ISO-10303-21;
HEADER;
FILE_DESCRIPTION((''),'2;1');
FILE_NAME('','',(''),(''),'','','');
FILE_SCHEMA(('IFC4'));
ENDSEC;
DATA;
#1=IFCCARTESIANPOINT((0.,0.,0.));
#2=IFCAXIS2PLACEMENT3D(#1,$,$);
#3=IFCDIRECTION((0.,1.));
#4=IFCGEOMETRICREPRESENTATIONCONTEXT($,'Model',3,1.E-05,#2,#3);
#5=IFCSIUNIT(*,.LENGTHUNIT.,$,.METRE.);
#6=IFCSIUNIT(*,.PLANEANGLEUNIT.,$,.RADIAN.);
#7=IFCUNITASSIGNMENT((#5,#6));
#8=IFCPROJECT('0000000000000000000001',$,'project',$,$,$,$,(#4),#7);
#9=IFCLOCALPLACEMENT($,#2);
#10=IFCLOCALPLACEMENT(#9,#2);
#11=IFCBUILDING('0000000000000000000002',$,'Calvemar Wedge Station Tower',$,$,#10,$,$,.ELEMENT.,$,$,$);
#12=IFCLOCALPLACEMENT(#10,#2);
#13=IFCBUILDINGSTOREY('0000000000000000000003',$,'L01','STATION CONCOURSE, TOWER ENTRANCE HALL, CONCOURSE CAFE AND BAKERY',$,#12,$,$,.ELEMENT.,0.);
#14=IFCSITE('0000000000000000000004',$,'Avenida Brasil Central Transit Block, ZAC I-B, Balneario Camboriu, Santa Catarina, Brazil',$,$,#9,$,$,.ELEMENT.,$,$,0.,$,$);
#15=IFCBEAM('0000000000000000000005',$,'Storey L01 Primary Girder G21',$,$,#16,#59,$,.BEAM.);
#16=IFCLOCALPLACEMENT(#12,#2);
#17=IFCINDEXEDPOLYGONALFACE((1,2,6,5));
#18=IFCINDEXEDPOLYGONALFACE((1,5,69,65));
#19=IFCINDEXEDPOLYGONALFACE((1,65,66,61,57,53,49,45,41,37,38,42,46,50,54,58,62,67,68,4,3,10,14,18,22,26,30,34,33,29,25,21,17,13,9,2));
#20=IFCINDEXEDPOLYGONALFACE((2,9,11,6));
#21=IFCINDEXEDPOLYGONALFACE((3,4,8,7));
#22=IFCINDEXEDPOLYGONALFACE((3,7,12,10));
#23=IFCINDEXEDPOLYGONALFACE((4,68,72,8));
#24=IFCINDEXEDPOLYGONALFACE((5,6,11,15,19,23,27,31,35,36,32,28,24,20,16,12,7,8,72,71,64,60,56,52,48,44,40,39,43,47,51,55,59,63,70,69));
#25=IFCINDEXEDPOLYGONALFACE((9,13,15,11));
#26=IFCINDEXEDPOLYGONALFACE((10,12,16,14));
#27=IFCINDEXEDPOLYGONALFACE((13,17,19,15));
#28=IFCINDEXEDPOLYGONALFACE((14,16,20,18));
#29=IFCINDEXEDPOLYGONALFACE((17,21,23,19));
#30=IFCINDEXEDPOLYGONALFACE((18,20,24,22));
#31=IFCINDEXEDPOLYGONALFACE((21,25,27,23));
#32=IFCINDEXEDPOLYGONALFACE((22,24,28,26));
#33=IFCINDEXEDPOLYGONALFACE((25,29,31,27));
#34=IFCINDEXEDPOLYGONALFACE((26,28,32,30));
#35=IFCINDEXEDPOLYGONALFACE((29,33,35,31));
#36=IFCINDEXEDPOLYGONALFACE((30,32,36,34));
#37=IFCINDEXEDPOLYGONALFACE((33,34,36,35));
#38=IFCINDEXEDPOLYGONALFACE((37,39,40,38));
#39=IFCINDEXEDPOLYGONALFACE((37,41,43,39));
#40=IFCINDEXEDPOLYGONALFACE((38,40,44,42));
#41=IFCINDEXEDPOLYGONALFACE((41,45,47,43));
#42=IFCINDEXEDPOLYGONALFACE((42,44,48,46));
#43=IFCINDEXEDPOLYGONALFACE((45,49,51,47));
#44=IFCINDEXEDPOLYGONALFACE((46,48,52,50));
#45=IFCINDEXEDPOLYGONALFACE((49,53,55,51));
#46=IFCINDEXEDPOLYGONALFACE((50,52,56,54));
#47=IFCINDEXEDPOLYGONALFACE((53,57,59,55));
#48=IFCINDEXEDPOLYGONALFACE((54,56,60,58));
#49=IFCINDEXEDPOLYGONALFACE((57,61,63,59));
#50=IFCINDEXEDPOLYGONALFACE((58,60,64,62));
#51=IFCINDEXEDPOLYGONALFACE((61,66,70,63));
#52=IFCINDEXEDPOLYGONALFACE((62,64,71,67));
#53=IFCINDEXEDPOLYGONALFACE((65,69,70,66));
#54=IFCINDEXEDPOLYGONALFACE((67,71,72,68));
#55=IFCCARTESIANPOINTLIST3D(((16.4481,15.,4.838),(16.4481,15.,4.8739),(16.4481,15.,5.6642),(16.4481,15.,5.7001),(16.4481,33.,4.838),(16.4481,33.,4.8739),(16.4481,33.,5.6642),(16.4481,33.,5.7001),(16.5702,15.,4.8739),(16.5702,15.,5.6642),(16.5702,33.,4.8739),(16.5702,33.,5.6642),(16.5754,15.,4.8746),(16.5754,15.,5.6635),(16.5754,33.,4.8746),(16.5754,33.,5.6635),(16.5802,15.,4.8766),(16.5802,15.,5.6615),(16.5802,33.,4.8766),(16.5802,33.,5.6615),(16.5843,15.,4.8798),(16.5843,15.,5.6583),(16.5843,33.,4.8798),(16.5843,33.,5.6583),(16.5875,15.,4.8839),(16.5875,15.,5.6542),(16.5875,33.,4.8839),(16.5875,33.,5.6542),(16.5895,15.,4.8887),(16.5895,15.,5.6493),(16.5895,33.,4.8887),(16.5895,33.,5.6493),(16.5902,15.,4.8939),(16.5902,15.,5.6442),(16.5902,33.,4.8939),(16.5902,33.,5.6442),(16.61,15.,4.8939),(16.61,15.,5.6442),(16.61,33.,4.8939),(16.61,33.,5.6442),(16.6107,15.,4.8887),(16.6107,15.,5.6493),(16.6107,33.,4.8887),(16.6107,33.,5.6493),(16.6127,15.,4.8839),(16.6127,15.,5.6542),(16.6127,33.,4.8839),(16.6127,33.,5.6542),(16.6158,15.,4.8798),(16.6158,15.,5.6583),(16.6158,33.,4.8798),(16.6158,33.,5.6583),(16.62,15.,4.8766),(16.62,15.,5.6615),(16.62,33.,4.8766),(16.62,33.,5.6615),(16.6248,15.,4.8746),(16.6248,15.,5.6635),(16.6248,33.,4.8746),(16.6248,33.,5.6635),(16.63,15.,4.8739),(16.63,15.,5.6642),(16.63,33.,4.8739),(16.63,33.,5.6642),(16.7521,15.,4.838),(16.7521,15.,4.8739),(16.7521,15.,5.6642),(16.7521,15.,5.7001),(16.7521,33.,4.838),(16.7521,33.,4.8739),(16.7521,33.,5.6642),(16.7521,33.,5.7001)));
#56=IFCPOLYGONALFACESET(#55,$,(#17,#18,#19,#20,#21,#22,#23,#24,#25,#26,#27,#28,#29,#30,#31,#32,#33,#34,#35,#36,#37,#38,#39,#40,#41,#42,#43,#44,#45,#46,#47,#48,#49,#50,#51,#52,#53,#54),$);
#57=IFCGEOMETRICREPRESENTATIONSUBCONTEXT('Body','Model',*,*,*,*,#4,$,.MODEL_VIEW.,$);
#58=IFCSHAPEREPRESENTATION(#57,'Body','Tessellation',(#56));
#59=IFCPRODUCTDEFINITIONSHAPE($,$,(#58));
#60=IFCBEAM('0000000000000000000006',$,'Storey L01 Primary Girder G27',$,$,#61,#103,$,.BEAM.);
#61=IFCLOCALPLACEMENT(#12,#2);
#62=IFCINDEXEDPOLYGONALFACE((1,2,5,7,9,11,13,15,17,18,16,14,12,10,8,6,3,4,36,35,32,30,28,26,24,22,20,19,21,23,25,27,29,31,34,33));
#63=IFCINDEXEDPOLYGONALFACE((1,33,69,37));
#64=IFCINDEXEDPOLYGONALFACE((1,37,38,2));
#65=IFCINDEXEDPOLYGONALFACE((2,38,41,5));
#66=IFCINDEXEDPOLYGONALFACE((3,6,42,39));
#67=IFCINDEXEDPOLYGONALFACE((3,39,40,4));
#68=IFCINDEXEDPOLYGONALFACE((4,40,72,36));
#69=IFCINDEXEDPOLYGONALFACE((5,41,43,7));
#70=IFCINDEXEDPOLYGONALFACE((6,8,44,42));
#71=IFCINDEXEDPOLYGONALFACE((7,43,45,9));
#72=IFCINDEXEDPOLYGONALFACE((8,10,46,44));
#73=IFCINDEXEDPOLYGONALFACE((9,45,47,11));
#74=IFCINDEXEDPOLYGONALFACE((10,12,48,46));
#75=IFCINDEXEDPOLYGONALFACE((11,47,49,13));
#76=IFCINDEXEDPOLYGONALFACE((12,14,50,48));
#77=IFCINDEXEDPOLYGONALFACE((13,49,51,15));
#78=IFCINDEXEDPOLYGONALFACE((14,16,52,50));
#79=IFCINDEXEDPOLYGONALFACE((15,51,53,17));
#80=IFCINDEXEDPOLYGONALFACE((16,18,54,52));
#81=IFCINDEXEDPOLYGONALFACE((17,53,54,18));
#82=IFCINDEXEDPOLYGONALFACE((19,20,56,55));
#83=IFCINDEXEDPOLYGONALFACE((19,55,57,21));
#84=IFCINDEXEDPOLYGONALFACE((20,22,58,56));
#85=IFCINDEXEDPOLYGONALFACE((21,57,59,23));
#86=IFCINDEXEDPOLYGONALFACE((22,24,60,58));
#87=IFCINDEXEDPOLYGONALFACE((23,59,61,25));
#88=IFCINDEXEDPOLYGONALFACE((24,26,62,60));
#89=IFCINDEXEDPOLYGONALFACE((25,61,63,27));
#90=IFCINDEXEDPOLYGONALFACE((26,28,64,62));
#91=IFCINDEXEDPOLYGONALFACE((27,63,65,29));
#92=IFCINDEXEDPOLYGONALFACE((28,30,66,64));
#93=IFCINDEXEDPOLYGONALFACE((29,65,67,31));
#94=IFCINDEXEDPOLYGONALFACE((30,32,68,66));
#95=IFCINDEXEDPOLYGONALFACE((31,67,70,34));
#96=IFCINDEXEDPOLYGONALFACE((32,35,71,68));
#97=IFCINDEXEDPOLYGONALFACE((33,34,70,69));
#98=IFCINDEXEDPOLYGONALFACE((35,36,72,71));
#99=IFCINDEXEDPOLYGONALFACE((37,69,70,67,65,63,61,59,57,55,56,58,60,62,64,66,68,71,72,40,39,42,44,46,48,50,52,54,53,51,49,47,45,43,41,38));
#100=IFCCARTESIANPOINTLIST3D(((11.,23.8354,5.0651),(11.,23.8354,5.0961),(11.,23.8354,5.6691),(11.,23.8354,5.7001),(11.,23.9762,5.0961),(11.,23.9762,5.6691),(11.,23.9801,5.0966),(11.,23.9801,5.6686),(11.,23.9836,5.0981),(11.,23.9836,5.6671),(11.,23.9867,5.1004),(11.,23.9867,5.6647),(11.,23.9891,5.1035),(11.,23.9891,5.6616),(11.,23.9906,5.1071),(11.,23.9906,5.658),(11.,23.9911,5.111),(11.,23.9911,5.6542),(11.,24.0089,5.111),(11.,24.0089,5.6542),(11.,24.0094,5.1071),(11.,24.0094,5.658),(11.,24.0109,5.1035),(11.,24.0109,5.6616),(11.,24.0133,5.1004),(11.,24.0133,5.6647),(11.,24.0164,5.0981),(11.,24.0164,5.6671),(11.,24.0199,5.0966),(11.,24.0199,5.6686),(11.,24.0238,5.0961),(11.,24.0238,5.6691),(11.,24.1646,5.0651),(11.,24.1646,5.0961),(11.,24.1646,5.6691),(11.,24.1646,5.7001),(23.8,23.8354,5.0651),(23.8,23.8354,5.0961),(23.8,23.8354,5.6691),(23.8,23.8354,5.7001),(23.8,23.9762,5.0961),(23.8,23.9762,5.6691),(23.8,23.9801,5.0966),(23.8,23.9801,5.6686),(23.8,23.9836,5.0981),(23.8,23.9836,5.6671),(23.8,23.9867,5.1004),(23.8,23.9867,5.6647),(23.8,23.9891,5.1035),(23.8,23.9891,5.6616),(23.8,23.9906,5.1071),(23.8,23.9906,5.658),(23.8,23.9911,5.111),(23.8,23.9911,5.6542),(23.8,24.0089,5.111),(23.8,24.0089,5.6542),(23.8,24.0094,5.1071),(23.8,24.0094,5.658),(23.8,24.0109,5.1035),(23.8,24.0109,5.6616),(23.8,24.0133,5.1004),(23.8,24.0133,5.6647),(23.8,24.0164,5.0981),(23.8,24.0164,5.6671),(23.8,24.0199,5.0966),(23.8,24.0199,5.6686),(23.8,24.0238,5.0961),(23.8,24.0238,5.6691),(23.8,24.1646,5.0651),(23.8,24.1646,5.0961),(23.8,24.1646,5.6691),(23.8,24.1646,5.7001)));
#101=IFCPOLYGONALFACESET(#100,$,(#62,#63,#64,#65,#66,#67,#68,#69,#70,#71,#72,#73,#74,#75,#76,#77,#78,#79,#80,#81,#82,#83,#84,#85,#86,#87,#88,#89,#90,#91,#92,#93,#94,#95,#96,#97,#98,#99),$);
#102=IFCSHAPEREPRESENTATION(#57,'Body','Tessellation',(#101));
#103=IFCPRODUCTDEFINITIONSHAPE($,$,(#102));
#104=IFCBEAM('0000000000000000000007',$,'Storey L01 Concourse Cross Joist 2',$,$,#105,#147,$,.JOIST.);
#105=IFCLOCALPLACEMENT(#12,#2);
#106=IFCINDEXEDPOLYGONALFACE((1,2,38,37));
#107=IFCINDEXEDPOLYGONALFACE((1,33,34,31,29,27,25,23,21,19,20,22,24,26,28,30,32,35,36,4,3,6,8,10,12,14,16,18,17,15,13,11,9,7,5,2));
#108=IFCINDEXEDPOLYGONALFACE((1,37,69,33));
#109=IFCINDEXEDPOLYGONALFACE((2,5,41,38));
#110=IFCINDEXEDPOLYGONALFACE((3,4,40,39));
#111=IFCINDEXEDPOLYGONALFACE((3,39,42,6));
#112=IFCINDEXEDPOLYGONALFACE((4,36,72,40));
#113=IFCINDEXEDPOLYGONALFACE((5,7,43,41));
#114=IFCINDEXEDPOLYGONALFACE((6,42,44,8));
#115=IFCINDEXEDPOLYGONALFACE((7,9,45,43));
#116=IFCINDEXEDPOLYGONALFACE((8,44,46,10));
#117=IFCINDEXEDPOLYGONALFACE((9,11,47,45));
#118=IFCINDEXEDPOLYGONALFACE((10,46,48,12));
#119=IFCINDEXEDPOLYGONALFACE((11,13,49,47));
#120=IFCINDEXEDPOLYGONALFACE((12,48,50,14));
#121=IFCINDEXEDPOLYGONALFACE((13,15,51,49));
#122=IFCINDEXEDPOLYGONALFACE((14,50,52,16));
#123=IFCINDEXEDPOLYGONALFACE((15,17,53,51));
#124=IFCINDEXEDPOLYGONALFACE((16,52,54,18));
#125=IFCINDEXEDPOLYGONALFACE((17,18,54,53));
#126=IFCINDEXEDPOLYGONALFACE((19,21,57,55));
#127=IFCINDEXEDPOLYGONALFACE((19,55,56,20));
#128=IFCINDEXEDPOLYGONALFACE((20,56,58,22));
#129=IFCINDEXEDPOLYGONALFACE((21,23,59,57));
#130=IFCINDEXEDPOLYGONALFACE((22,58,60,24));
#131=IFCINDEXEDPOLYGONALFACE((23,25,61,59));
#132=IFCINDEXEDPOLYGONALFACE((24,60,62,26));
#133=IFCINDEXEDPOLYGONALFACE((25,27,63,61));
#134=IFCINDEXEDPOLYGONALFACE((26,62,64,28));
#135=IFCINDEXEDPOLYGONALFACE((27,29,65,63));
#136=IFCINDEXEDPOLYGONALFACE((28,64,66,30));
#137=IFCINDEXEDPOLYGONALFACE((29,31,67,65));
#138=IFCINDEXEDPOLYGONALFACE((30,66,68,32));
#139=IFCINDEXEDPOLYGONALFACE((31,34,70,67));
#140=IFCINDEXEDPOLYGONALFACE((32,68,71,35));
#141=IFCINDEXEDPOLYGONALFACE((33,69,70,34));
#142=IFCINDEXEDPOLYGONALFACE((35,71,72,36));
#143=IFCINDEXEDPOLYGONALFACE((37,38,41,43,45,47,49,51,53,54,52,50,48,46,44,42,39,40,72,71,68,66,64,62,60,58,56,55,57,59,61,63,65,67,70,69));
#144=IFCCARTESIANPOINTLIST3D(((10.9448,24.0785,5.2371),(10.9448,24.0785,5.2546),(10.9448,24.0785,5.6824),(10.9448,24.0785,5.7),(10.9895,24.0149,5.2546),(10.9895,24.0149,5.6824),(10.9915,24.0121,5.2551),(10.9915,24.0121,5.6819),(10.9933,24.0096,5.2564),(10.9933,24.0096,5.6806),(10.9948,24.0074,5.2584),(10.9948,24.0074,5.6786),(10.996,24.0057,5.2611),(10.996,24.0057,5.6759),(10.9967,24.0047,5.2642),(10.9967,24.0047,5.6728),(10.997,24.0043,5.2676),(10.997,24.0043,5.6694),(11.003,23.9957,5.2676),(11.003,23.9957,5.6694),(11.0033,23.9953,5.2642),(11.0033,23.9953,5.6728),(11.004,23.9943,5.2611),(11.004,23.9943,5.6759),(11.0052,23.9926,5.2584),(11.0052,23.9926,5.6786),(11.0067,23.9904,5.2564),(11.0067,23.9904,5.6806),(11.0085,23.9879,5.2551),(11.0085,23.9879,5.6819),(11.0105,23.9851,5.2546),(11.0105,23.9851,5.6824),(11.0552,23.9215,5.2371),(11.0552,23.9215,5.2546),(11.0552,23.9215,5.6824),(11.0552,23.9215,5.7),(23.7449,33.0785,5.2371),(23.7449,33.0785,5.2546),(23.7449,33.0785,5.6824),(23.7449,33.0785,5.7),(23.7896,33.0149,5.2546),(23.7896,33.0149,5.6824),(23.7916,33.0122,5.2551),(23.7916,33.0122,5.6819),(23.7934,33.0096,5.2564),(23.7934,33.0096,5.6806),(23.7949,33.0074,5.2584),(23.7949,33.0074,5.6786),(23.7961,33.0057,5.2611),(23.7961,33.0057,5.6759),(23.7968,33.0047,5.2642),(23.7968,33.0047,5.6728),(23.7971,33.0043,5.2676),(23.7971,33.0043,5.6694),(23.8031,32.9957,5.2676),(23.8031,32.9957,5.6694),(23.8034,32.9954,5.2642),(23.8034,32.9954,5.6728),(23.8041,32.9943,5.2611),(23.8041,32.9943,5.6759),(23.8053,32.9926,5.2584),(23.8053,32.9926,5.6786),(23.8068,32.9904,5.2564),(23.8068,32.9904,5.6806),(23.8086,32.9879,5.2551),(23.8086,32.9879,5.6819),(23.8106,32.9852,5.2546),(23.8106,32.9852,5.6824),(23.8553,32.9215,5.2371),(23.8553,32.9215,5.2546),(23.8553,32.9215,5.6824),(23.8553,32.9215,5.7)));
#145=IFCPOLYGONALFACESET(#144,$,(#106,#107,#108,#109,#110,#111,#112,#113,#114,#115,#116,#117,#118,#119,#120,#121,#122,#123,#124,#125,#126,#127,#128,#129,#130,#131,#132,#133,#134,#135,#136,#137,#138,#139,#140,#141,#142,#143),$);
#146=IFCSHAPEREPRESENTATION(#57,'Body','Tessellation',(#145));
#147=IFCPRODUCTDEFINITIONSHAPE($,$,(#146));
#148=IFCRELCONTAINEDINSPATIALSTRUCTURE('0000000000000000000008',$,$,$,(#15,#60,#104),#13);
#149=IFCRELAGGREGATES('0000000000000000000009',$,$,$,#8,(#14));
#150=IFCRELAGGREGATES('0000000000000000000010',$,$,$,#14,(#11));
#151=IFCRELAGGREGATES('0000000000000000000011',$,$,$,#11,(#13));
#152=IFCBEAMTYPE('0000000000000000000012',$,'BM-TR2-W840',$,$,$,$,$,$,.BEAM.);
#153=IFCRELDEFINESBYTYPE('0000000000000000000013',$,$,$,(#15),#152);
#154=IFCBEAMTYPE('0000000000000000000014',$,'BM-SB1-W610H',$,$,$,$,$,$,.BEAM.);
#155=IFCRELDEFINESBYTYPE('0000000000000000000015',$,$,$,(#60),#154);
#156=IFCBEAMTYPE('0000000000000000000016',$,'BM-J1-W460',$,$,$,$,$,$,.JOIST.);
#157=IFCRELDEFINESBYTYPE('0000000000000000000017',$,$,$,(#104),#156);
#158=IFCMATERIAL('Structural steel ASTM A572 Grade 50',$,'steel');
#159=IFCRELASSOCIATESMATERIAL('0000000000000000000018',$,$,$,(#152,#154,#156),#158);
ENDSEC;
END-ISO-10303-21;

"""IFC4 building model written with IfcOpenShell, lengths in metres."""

from ifc_helpers import new_model, si_unit, direction, frame, origin, origin_2d, place, context, subcontext, project, spatial, i_section, extrude, source, transform, mapped, material, material_profile, profile_set, type_object, element, save


model = new_model("IFC4")

# Units and contexts
model_context = context("Model", 3, precision=1e-05, world=origin(), true_north=direction((0.0, 1.0)))
body_context = subcontext(model_context, "Body", "Model", "MODEL_VIEW")
ifc_project = project(units=[si_unit("LENGTHUNIT", "METRE"), si_unit("PLANEANGLEUNIT", "RADIAN")], contexts=[model_context])

# Site, building, storey
site_placement = place(None, origin())
site = spatial("IfcSite", under=ifc_project, at=site_placement, Name="Avenida Brasil Central Transit Block, ZAC I-B, Balneario Camboriu, Santa Catarina, Brazil", CompositionType="ELEMENT", RefElevation=0.0)
building_placement = place(site_placement, origin())
building = spatial("IfcBuilding", under=site, at=building_placement, Name="Calvemar Wedge Station Tower", CompositionType="ELEMENT")
storey_placement = place(building_placement, origin())
storey = spatial("IfcBuildingStorey", under=building, at=storey_placement, Name="L01", Description="STATION CONCOURSE, TOWER ENTRANCE HALL, CONCOURSE CAFE AND BAKERY", CompositionType="ELEMENT", Elevation=0.0)

# Beams
ifc_material_1 = material(Name="Structural steel ASTM A572 Grade 50", Category="steel")
ifc_material_profile_1 = material_profile(ifc_material_1, i_section(OverallWidth=0.304, OverallDepth=0.8621, WebThickness=0.0198, FlangeThickness=0.0359, FilletRadius=0.02, at=origin_2d()), Name="W840x329")
ifc_profile_set_1 = profile_set([ifc_material_profile_1], Name="Structural steel ASTM A572 Grade 50")
beam_type_1 = type_object("IfcBeamType", Name="BM-TR2-W840", PredefinedType="BEAM", material=ifc_profile_set_1)
shared_shape_1 = source(origin(), body_context, "Body", "SweptSolid", [
    extrude(i_section(OverallWidth=0.304, OverallDepth=0.8621, WebThickness=0.0198, FlangeThickness=0.0359, FilletRadius=0.02, at=origin_2d()), origin(), (0.0, 0.0, 1.0), 18.0),
])
beam_1_placement = place(storey_placement, frame((16.6001, 15.0, 5.269), z_axis=(0.0, 1.0, 0.0), x_axis=(-1.0, 0.0, 0.0)))
element("IfcBeam", 1, at=beam_1_placement, inside=storey, type_object=beam_type_1, Name="Storey L01 Primary Girder G21", PredefinedType="BEAM", context=body_context, shape_type="MappedRepresentation", body=[
    mapped(shared_shape_1, transform((0.0, 0.0, 0.0), scale=1.0)),
])
ifc_material_profile_2 = material_profile(ifc_material_1, i_section(OverallWidth=0.3291, OverallDepth=0.635, WebThickness=0.0178, FlangeThickness=0.031, FilletRadius=0.0149, at=origin_2d()), Name="W610x241")
ifc_profile_set_2 = profile_set([ifc_material_profile_2], Name="Structural steel ASTM A572 Grade 50")
beam_type_2 = type_object("IfcBeamType", Name="BM-SB1-W610H", PredefinedType="BEAM", material=ifc_profile_set_2)
shared_shape_2 = source(origin(), body_context, "Body", "SweptSolid", [
    extrude(i_section(OverallWidth=0.3291, OverallDepth=0.635, WebThickness=0.0178, FlangeThickness=0.031, FilletRadius=0.0149, at=origin_2d()), origin(), (0.0, 0.0, 1.0), 12.8),
])
beam_2_placement = place(storey_placement, frame((11.0, 24.0, 5.3826), z_axis=(1.0, 0.0, 0.0), x_axis=(0.0, 1.0, 0.0)))
element("IfcBeam", 2, at=beam_2_placement, inside=storey, type_object=beam_type_2, Name="Storey L01 Primary Girder G27", PredefinedType="BEAM", context=body_context, shape_type="MappedRepresentation", body=[
    mapped(shared_shape_2, transform((0.0, 0.0, 0.0), scale=1.0)),
])
ifc_material_profile_3 = material_profile(ifc_material_1, i_section(OverallWidth=0.1919, OverallDepth=0.4629, WebThickness=0.0105, FlangeThickness=0.0176, FilletRadius=0.0129, at=origin_2d()), Name="W460x89")
ifc_profile_set_3 = profile_set([ifc_material_profile_3], Name="Structural steel ASTM A572 Grade 50")
beam_type_3 = type_object("IfcBeamType", Name="BM-J1-W460", PredefinedType="JOIST", material=ifc_profile_set_3)
shared_shape_3 = source(origin(), body_context, "Body", "SweptSolid", [
    extrude(i_section(OverallWidth=0.1919, OverallDepth=0.4629, WebThickness=0.0105, FlangeThickness=0.0176, FilletRadius=0.0129, at=origin_2d()), origin(), (0.0, 0.0, 1.0), 15.6475),
])
beam_3_placement = place(storey_placement, frame((11.0, 24.0, 5.4685), z_axis=(0.81803, 0.575175, 0.0), x_axis=(-0.575175, 0.81803, 0.0)))
element("IfcBeam", 3, at=beam_3_placement, inside=storey, type_object=beam_type_3, Name="Storey L01 Concourse Cross Joist 2", PredefinedType="JOIST", context=body_context, shape_type="MappedRepresentation", body=[
    mapped(shared_shape_3, transform((0.0, 0.0, 0.0), scale=1.0)),
])

save(model, "model.ifc")
